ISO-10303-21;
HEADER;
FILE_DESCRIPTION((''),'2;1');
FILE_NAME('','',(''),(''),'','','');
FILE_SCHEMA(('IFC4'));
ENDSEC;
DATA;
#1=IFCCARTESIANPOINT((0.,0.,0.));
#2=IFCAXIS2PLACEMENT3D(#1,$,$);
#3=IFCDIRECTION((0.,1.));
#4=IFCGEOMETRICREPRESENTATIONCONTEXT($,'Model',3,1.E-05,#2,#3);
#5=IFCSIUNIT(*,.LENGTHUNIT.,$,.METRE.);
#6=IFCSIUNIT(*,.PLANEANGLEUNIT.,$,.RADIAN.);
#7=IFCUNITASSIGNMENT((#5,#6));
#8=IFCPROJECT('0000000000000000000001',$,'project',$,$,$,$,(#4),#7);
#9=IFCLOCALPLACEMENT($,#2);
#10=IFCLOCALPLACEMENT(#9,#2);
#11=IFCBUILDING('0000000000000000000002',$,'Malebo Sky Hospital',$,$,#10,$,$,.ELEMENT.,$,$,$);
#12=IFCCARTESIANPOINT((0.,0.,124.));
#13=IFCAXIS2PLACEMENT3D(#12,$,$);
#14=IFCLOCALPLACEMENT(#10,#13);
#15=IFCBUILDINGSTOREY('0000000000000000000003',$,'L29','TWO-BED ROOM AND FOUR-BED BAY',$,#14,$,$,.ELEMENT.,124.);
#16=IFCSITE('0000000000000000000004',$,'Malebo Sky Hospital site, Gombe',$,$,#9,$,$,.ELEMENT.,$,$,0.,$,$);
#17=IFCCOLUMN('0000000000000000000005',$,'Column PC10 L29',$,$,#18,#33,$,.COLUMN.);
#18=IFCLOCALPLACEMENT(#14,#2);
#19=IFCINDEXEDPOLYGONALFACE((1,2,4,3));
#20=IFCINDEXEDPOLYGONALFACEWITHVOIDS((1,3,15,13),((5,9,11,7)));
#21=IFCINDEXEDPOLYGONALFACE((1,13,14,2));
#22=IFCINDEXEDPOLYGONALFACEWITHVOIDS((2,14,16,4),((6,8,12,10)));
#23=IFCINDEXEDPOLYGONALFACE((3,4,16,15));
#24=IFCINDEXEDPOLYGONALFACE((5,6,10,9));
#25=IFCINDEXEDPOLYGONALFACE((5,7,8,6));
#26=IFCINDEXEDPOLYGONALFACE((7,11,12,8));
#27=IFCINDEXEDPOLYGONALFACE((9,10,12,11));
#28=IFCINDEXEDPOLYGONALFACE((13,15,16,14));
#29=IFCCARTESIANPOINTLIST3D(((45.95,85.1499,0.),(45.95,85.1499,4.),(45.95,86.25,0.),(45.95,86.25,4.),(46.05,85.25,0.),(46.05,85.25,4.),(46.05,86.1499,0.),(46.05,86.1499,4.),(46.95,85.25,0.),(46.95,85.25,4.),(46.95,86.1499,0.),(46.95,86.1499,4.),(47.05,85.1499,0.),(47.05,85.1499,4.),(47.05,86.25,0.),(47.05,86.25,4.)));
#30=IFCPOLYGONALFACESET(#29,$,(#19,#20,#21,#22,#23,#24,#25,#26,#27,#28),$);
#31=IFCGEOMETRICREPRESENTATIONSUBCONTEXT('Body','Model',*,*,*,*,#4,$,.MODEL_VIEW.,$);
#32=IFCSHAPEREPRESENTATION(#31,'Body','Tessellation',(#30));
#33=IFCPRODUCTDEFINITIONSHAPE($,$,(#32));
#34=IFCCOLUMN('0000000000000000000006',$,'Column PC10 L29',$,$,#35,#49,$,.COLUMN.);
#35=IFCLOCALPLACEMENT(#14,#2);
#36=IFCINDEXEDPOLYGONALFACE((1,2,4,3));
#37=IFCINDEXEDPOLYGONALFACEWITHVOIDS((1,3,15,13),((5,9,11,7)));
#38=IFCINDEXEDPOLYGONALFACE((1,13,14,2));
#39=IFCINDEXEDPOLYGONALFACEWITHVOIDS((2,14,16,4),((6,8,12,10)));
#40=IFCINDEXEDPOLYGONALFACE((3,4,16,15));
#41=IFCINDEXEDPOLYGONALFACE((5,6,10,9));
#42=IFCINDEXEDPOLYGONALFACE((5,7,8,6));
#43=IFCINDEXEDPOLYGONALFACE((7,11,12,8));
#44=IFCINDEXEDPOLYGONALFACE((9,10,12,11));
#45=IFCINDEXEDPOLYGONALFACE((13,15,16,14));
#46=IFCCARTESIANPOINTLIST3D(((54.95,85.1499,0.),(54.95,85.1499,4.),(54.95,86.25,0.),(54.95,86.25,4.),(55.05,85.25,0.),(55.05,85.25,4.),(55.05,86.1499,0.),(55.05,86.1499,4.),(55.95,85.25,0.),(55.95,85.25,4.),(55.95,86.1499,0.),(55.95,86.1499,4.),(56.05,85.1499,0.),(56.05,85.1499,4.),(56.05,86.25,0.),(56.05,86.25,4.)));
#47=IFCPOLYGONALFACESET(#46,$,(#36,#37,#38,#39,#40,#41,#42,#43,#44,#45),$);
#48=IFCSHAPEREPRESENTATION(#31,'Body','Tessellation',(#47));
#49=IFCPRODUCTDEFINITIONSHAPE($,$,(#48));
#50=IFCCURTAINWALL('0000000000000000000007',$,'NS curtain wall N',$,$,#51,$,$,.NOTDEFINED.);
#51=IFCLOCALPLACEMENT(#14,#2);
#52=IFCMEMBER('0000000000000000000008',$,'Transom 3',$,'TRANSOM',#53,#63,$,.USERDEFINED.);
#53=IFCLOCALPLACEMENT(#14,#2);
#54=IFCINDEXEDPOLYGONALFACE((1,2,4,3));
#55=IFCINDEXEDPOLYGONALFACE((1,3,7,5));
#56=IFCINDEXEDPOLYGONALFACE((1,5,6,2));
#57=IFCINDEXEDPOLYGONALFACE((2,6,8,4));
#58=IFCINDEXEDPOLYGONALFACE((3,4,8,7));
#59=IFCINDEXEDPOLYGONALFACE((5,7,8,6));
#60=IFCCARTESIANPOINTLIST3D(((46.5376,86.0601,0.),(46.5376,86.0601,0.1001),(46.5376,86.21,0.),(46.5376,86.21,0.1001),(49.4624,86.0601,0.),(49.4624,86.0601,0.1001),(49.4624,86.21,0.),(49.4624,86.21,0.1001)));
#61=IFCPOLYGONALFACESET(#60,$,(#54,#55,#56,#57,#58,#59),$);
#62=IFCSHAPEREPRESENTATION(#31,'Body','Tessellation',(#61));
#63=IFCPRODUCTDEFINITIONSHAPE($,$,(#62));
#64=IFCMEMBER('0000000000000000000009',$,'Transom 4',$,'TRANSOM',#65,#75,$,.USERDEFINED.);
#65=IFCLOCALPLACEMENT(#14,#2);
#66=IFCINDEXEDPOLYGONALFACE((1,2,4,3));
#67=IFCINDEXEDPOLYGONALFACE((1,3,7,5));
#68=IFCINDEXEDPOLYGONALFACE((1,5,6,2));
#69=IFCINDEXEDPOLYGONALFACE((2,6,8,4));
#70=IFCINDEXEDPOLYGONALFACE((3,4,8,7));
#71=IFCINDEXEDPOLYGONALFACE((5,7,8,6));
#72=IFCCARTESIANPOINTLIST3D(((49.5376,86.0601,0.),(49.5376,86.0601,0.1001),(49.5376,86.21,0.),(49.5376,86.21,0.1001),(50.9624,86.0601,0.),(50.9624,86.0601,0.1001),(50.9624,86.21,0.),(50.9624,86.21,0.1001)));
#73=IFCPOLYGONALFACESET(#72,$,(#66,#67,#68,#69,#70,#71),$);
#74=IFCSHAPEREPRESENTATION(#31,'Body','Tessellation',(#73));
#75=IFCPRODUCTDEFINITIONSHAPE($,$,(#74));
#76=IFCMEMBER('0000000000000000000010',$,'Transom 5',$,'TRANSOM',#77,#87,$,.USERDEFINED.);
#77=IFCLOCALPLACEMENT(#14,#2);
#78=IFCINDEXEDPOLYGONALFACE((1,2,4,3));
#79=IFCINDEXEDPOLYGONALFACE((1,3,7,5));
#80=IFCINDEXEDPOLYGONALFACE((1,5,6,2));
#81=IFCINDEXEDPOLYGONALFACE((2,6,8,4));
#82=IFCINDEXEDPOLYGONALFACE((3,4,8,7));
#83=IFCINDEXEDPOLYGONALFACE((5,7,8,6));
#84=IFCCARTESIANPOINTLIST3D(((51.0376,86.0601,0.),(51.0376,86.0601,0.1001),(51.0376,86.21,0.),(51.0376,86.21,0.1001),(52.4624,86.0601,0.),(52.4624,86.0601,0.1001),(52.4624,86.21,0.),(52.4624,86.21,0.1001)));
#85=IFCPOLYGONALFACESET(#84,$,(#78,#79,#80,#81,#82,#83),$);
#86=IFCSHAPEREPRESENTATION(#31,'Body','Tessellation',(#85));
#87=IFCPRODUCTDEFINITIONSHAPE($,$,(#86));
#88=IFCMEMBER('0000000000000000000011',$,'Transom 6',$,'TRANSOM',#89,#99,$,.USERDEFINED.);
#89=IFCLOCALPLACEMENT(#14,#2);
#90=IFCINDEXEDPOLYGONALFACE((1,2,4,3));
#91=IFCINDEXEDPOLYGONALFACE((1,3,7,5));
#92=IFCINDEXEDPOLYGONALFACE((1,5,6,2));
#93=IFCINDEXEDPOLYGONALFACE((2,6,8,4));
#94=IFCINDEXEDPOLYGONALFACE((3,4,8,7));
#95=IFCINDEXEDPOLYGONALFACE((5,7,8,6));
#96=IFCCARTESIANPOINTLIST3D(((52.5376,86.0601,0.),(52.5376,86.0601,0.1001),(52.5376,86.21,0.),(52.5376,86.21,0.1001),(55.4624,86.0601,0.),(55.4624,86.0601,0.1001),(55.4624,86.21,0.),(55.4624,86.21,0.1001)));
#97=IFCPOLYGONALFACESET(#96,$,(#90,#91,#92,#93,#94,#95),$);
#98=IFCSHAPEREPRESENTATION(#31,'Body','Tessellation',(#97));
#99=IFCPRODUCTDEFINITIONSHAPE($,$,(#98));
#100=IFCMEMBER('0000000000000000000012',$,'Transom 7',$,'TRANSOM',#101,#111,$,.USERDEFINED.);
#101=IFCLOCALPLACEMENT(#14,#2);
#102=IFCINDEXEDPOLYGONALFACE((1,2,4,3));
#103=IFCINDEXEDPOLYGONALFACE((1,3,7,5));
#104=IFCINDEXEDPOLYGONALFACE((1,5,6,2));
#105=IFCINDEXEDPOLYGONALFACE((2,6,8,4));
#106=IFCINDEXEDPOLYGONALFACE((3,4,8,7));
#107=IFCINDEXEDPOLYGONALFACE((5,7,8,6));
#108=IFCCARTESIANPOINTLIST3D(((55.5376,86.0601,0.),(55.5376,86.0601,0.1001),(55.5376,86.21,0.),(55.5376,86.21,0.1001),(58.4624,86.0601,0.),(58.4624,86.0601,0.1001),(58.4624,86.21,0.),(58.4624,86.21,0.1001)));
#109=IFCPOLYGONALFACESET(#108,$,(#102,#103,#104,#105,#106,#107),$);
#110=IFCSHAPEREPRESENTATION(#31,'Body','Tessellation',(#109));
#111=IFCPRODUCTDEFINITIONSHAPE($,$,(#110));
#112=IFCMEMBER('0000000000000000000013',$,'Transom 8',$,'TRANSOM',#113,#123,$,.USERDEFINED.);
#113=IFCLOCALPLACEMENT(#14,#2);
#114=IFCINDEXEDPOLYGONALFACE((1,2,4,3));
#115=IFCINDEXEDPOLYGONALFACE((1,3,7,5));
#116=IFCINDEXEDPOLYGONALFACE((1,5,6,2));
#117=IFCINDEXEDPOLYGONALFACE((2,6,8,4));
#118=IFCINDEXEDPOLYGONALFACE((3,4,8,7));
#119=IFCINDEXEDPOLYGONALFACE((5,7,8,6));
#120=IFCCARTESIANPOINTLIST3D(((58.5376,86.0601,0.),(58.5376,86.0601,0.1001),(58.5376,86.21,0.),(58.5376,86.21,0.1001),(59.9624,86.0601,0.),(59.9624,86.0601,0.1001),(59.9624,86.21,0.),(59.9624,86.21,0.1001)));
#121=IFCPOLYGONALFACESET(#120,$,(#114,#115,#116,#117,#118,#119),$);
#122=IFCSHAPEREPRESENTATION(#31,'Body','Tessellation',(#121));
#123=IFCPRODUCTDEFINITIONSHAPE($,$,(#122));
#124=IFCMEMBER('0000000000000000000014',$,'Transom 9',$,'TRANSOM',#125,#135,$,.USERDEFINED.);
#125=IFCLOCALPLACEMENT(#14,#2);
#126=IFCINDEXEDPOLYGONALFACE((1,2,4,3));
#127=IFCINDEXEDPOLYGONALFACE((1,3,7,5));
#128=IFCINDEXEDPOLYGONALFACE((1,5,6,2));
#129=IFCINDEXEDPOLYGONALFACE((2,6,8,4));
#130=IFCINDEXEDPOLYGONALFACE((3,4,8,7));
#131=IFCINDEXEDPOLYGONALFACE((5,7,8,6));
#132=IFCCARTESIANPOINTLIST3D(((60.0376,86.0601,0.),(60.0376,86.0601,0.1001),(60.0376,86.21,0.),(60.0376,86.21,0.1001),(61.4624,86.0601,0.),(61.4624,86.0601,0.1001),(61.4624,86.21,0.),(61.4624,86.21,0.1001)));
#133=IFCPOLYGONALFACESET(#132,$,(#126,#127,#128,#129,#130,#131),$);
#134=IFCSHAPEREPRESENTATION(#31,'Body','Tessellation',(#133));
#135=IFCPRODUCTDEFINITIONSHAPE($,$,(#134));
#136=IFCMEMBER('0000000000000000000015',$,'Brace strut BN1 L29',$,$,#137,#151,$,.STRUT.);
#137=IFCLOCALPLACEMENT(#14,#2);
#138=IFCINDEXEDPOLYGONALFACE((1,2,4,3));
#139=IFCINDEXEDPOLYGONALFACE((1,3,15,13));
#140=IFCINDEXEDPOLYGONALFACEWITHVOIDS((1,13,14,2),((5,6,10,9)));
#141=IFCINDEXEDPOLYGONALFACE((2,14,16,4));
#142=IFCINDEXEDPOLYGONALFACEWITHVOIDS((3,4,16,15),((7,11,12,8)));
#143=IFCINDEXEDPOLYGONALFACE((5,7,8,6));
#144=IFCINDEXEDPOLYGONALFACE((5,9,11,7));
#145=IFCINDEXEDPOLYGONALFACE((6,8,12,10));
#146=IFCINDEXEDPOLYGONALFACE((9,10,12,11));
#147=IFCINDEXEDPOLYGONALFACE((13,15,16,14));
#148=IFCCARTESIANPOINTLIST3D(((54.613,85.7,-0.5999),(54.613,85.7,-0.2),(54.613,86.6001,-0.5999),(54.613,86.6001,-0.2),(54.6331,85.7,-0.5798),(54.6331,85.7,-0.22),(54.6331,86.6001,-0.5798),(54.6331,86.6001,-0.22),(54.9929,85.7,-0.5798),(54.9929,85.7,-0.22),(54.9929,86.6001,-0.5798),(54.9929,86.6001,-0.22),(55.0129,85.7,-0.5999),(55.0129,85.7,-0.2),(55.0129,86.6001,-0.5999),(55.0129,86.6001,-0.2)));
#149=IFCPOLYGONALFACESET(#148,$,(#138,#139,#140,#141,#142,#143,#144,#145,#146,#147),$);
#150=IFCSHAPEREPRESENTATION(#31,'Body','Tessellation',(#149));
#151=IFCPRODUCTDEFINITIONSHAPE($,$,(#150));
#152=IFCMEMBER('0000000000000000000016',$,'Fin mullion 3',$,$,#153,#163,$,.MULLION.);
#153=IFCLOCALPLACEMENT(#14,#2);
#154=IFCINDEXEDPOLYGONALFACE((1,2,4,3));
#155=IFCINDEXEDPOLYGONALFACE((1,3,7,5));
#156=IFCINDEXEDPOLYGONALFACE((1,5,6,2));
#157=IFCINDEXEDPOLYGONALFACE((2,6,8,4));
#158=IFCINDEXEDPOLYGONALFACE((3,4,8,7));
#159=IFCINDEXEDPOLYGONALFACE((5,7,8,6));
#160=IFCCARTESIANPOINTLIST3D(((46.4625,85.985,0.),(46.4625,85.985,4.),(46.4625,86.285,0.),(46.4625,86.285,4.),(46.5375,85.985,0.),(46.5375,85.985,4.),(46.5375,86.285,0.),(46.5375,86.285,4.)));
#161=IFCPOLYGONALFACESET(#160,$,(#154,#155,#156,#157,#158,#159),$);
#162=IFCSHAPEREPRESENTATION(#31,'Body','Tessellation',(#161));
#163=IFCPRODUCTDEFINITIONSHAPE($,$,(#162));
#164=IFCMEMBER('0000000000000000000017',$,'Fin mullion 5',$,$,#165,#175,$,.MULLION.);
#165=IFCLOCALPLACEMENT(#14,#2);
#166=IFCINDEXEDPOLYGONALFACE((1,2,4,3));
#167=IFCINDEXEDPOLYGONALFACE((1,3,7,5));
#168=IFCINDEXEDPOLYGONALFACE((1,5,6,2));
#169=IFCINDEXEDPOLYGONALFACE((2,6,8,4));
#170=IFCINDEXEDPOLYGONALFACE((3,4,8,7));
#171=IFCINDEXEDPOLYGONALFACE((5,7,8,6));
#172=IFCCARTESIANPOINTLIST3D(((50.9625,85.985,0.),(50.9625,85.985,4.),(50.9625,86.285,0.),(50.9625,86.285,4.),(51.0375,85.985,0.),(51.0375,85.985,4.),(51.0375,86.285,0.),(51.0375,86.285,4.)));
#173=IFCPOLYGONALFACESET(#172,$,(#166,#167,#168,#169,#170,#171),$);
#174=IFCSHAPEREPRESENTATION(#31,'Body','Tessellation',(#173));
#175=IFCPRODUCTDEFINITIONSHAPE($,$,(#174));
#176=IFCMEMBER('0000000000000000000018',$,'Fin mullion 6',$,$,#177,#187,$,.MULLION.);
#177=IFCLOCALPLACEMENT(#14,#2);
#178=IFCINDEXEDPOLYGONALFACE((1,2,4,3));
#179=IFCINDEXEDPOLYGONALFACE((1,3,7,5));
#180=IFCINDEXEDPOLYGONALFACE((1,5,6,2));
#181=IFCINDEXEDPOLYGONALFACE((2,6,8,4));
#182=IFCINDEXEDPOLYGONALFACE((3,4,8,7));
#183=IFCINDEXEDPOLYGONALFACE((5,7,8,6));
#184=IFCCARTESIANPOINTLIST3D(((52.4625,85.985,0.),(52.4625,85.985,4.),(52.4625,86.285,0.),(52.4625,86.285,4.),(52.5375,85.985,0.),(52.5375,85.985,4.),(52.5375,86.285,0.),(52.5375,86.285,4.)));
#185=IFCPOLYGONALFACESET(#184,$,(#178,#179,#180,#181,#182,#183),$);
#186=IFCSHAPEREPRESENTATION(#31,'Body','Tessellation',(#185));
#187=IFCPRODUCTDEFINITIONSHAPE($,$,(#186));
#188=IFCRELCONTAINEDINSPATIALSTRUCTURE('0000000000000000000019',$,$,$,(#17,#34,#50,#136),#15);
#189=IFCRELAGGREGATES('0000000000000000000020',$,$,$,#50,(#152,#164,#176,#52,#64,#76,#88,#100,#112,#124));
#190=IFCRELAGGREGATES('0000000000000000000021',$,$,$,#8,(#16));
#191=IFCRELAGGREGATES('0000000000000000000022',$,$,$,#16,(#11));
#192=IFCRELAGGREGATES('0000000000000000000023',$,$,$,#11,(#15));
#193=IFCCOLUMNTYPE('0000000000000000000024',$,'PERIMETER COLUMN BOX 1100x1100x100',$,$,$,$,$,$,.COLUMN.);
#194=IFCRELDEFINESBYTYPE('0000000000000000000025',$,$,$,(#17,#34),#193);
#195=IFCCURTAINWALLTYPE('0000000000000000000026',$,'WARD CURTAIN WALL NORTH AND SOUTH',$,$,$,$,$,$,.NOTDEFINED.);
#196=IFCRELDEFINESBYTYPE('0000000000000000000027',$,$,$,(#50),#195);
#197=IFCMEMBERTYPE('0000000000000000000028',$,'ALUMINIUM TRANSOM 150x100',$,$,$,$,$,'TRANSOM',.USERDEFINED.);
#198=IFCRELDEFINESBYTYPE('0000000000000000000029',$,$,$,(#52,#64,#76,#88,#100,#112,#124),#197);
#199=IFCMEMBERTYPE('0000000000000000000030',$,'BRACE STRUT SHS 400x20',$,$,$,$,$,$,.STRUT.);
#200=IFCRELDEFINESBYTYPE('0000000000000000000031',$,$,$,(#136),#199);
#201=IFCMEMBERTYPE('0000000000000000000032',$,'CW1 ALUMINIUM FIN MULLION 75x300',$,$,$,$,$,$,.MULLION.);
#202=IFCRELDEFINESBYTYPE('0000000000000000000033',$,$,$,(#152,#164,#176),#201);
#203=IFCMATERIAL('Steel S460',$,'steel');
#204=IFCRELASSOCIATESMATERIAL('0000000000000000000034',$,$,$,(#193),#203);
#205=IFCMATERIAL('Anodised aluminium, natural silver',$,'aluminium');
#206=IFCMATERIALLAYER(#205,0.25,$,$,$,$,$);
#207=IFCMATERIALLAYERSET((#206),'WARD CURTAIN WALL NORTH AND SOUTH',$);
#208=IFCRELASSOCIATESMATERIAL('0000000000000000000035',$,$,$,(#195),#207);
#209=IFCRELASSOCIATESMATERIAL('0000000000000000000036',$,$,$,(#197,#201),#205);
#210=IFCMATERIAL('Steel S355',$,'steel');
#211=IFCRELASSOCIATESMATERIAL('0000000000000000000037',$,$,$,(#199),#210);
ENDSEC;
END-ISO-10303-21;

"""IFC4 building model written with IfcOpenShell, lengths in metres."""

from ifc_helpers import new_model, si_unit, direction, frame, origin, origin_2d, place, context, subcontext, project, spatial, rectangle, hollow_rectangle, extrude, material, layer, layer_set, material_profile, profile_set, type_object, element, aggregate, save


model = new_model("IFC4")

# Units and contexts
model_context = context("Model", 3, precision=1e-05, world=origin(), true_north=direction((0.0, 1.0)))
body_context = subcontext(model_context, "Body", "Model", "MODEL_VIEW")
ifc_project = project(units=[si_unit("LENGTHUNIT", "METRE"), si_unit("PLANEANGLEUNIT", "RADIAN")], contexts=[model_context])

# Site, building, storey
site_placement = place(None, origin())
site = spatial("IfcSite", under=ifc_project, at=site_placement, Name="Malebo Sky Hospital site, Gombe", CompositionType="ELEMENT", RefElevation=0.0)
building_placement = place(site_placement, origin())
building = spatial("IfcBuilding", under=site, at=building_placement, Name="Malebo Sky Hospital", CompositionType="ELEMENT")
storey_placement = place(building_placement, frame((0.0, 0.0, 124.0)))
storey = spatial("IfcBuildingStorey", under=building, at=storey_placement, Name="L29", Description="TWO-BED ROOM AND FOUR-BED BAY", CompositionType="ELEMENT", Elevation=124.0)

# Columns
ifc_material_1 = material(Name="Steel S460", Category="steel")
ifc_material_profile_1 = material_profile(ifc_material_1, hollow_rectangle(XDim=1.1001, YDim=1.1001, WallThickness=0.1001, at=origin_2d()), Name="BOX 1100x1100x100")
ifc_profile_set_1 = profile_set([ifc_material_profile_1], Name="Steel S460")
column_type = type_object("IfcColumnType", Name="PERIMETER COLUMN BOX 1100x1100x100", PredefinedType="COLUMN", material=ifc_profile_set_1)
for number, where, z_axis, x_axis, name in (
    (1, (46.5, 85.7, 0.0), (0.0, 0.0, 1.0), (1.0, 0.0, 0.0), "Column PC10 L29"),
    (2, (55.5, 85.7, 0.0), (0.0, 0.0, 1.0), (1.0, 0.0, 0.0), "Column PC10 L29"),
):
    element("IfcColumn", number, at=place(storey_placement, frame(where, z_axis=z_axis, x_axis=x_axis)), inside=storey, type_object=column_type, Name=name, PredefinedType="COLUMN", context=body_context, shape_type="SweptSolid", body=[
        extrude(hollow_rectangle(XDim=1.1001, YDim=1.1001, WallThickness=0.1001, at=origin_2d()), origin(), (0.0, 0.0, 1.0), 4.0),
    ])

# Curtain wall, members
ifc_material_2 = material(Name="Anodised aluminium, natural silver", Category="aluminium")
ifc_layer_1 = layer(ifc_material_2, 0.25)
ifc_layer_set_1 = layer_set([ifc_layer_1], Name="WARD CURTAIN WALL NORTH AND SOUTH")
curtain_wall_type = type_object("IfcCurtainWallType", Name="WARD CURTAIN WALL NORTH AND SOUTH", PredefinedType="NOTDEFINED", material=ifc_layer_set_1)
curtain_wall_placement = place(storey_placement, origin())
curtain_wall = element("IfcCurtainWall", 3, at=curtain_wall_placement, inside=storey, type_object=curtain_wall_type, Name="NS curtain wall N", PredefinedType="NOTDEFINED")
ifc_material_profile_2 = material_profile(ifc_material_2, rectangle(XDim=0.1499, YDim=0.1001, at=origin_2d()), Name="ALUMINIUM TRANSOM 150x100")
ifc_profile_set_2 = profile_set([ifc_material_profile_2], Name="Anodised aluminium, natural silver")
member_type_1 = type_object("IfcMemberType", Name="ALUMINIUM TRANSOM 150x100", ElementType="TRANSOM", PredefinedType="USERDEFINED", material=ifc_profile_set_2)
member_1_placement = place(storey_placement, frame((46.5376, 86.135, 0.05), z_axis=(1.0, 0.0, 0.0), x_axis=(0.0, 1.0, 0.0)))
member_1 = element("IfcMember", 4, at=member_1_placement, type_object=member_type_1, Name="Transom 3", ObjectType="TRANSOM", PredefinedType="USERDEFINED", context=body_context, shape_type="SweptSolid", body=[
    extrude(rectangle(XDim=0.1499, YDim=0.1001, at=origin_2d()), origin(), (0.0, 0.0, 1.0), 2.9248),
])
member_2_placement = place(storey_placement, frame((49.5376, 86.135, 0.05), z_axis=(1.0, 0.0, 0.0), x_axis=(0.0, 1.0, 0.0)))
member_2 = element("IfcMember", 5, at=member_2_placement, type_object=member_type_1, Name="Transom 4", ObjectType="TRANSOM", PredefinedType="USERDEFINED", context=body_context, shape_type="SweptSolid", body=[
    extrude(rectangle(XDim=0.1499, YDim=0.1001, at=origin_2d()), origin(), (0.0, 0.0, 1.0), 1.4248),
])
member_3_placement = place(storey_placement, frame((51.0376, 86.135, 0.05), z_axis=(1.0, 0.0, 0.0), x_axis=(0.0, 1.0, 0.0)))
member_3 = element("IfcMember", 6, at=member_3_placement, type_object=member_type_1, Name="Transom 5", ObjectType="TRANSOM", PredefinedType="USERDEFINED", context=body_context, shape_type="SweptSolid", body=[
    extrude(rectangle(XDim=0.1499, YDim=0.1001, at=origin_2d()), origin(), (0.0, 0.0, 1.0), 1.4248),
])
member_4_placement = place(storey_placement, frame((52.5376, 86.135, 0.05), z_axis=(1.0, 0.0, 0.0), x_axis=(0.0, 1.0, 0.0)))
member_4 = element("IfcMember", 7, at=member_4_placement, type_object=member_type_1, Name="Transom 6", ObjectType="TRANSOM", PredefinedType="USERDEFINED", context=body_context, shape_type="SweptSolid", body=[
    extrude(rectangle(XDim=0.1499, YDim=0.1001, at=origin_2d()), origin(), (0.0, 0.0, 1.0), 2.9248),
])
member_5_placement = place(storey_placement, frame((55.5376, 86.135, 0.05), z_axis=(1.0, 0.0, 0.0), x_axis=(0.0, 1.0, 0.0)))
member_5 = element("IfcMember", 8, at=member_5_placement, type_object=member_type_1, Name="Transom 7", ObjectType="TRANSOM", PredefinedType="USERDEFINED", context=body_context, shape_type="SweptSolid", body=[
    extrude(rectangle(XDim=0.1499, YDim=0.1001, at=origin_2d()), origin(), (0.0, 0.0, 1.0), 2.9248),
])
member_6_placement = place(storey_placement, frame((58.5376, 86.135, 0.05), z_axis=(1.0, 0.0, 0.0), x_axis=(0.0, 1.0, 0.0)))
member_6 = element("IfcMember", 9, at=member_6_placement, type_object=member_type_1, Name="Transom 8", ObjectType="TRANSOM", PredefinedType="USERDEFINED", context=body_context, shape_type="SweptSolid", body=[
    extrude(rectangle(XDim=0.1499, YDim=0.1001, at=origin_2d()), origin(), (0.0, 0.0, 1.0), 1.4248),
])
member_7_placement = place(storey_placement, frame((60.0376, 86.135, 0.05), z_axis=(1.0, 0.0, 0.0), x_axis=(0.0, 1.0, 0.0)))
member_7 = element("IfcMember", 10, at=member_7_placement, type_object=member_type_1, Name="Transom 9", ObjectType="TRANSOM", PredefinedType="USERDEFINED", context=body_context, shape_type="SweptSolid", body=[
    extrude(rectangle(XDim=0.1499, YDim=0.1001, at=origin_2d()), origin(), (0.0, 0.0, 1.0), 1.4248),
])

# Members
ifc_material_3 = material(Name="Steel S355", Category="steel")
ifc_material_profile_3 = material_profile(ifc_material_3, hollow_rectangle(XDim=0.3999, YDim=0.3999, WallThickness=0.02, at=origin_2d()), Name="SHS 400x20")
ifc_profile_set_3 = profile_set([ifc_material_profile_3], Name="Steel S355")
member_type_2 = type_object("IfcMemberType", Name="BRACE STRUT SHS 400x20", PredefinedType="STRUT", material=ifc_profile_set_3)
member_8_placement = place(storey_placement, frame((54.813, 86.6001, -0.3999), z_axis=(0.0, -1.0, 0.0), x_axis=(1.0, 0.0, 0.0)))
element("IfcMember", 11, at=member_8_placement, inside=storey, type_object=member_type_2, Name="Brace strut BN1 L29", PredefinedType="STRUT", context=body_context, shape_type="SweptSolid", body=[
    extrude(hollow_rectangle(XDim=0.3999, YDim=0.3999, WallThickness=0.02, at=origin_2d()), origin(), (0.0, 0.0, 1.0), 0.9001),
])
ifc_material_profile_4 = material_profile(ifc_material_2, rectangle(XDim=0.075, YDim=0.3, at=origin_2d()), Name="CW1 ALUMINIUM FIN MULLION 75x300")
ifc_profile_set_4 = profile_set([ifc_material_profile_4], Name="Anodised aluminium, natural silver")
member_type_3 = type_object("IfcMemberType", Name="CW1 ALUMINIUM FIN MULLION 75x300", PredefinedType="MULLION", material=ifc_profile_set_4)
member_9_placement = place(storey_placement, frame((46.5, 86.135, 0.0), z_axis=(0.0, 0.0, 1.0), x_axis=(1.0, 0.0, 0.0)))
member_9 = element("IfcMember", 12, at=member_9_placement, type_object=member_type_3, Name="Fin mullion 3", PredefinedType="MULLION", context=body_context, shape_type="SweptSolid", body=[
    extrude(rectangle(XDim=0.075, YDim=0.3, at=origin_2d()), origin(), (0.0, 0.0, 1.0), 4.0),
])
member_10_placement = place(storey_placement, frame((51.0, 86.135, 0.0), z_axis=(0.0, 0.0, 1.0), x_axis=(1.0, 0.0, 0.0)))
member_10 = element("IfcMember", 13, at=member_10_placement, type_object=member_type_3, Name="Fin mullion 5", PredefinedType="MULLION", context=body_context, shape_type="SweptSolid", body=[
    extrude(rectangle(XDim=0.075, YDim=0.3, at=origin_2d()), origin(), (0.0, 0.0, 1.0), 4.0),
])
member_11_placement = place(storey_placement, frame((52.5, 86.135, 0.0), z_axis=(0.0, 0.0, 1.0), x_axis=(1.0, 0.0, 0.0)))
member_11 = element("IfcMember", 14, at=member_11_placement, type_object=member_type_3, Name="Fin mullion 6", PredefinedType="MULLION", context=body_context, shape_type="SweptSolid", body=[
    extrude(rectangle(XDim=0.075, YDim=0.3, at=origin_2d()), origin(), (0.0, 0.0, 1.0), 4.0),
])

aggregate(curtain_wall, [member_9, member_10, member_11, member_1, member_2, member_3, member_4, member_5, member_6, member_7])

save(model, "model.ifc")
